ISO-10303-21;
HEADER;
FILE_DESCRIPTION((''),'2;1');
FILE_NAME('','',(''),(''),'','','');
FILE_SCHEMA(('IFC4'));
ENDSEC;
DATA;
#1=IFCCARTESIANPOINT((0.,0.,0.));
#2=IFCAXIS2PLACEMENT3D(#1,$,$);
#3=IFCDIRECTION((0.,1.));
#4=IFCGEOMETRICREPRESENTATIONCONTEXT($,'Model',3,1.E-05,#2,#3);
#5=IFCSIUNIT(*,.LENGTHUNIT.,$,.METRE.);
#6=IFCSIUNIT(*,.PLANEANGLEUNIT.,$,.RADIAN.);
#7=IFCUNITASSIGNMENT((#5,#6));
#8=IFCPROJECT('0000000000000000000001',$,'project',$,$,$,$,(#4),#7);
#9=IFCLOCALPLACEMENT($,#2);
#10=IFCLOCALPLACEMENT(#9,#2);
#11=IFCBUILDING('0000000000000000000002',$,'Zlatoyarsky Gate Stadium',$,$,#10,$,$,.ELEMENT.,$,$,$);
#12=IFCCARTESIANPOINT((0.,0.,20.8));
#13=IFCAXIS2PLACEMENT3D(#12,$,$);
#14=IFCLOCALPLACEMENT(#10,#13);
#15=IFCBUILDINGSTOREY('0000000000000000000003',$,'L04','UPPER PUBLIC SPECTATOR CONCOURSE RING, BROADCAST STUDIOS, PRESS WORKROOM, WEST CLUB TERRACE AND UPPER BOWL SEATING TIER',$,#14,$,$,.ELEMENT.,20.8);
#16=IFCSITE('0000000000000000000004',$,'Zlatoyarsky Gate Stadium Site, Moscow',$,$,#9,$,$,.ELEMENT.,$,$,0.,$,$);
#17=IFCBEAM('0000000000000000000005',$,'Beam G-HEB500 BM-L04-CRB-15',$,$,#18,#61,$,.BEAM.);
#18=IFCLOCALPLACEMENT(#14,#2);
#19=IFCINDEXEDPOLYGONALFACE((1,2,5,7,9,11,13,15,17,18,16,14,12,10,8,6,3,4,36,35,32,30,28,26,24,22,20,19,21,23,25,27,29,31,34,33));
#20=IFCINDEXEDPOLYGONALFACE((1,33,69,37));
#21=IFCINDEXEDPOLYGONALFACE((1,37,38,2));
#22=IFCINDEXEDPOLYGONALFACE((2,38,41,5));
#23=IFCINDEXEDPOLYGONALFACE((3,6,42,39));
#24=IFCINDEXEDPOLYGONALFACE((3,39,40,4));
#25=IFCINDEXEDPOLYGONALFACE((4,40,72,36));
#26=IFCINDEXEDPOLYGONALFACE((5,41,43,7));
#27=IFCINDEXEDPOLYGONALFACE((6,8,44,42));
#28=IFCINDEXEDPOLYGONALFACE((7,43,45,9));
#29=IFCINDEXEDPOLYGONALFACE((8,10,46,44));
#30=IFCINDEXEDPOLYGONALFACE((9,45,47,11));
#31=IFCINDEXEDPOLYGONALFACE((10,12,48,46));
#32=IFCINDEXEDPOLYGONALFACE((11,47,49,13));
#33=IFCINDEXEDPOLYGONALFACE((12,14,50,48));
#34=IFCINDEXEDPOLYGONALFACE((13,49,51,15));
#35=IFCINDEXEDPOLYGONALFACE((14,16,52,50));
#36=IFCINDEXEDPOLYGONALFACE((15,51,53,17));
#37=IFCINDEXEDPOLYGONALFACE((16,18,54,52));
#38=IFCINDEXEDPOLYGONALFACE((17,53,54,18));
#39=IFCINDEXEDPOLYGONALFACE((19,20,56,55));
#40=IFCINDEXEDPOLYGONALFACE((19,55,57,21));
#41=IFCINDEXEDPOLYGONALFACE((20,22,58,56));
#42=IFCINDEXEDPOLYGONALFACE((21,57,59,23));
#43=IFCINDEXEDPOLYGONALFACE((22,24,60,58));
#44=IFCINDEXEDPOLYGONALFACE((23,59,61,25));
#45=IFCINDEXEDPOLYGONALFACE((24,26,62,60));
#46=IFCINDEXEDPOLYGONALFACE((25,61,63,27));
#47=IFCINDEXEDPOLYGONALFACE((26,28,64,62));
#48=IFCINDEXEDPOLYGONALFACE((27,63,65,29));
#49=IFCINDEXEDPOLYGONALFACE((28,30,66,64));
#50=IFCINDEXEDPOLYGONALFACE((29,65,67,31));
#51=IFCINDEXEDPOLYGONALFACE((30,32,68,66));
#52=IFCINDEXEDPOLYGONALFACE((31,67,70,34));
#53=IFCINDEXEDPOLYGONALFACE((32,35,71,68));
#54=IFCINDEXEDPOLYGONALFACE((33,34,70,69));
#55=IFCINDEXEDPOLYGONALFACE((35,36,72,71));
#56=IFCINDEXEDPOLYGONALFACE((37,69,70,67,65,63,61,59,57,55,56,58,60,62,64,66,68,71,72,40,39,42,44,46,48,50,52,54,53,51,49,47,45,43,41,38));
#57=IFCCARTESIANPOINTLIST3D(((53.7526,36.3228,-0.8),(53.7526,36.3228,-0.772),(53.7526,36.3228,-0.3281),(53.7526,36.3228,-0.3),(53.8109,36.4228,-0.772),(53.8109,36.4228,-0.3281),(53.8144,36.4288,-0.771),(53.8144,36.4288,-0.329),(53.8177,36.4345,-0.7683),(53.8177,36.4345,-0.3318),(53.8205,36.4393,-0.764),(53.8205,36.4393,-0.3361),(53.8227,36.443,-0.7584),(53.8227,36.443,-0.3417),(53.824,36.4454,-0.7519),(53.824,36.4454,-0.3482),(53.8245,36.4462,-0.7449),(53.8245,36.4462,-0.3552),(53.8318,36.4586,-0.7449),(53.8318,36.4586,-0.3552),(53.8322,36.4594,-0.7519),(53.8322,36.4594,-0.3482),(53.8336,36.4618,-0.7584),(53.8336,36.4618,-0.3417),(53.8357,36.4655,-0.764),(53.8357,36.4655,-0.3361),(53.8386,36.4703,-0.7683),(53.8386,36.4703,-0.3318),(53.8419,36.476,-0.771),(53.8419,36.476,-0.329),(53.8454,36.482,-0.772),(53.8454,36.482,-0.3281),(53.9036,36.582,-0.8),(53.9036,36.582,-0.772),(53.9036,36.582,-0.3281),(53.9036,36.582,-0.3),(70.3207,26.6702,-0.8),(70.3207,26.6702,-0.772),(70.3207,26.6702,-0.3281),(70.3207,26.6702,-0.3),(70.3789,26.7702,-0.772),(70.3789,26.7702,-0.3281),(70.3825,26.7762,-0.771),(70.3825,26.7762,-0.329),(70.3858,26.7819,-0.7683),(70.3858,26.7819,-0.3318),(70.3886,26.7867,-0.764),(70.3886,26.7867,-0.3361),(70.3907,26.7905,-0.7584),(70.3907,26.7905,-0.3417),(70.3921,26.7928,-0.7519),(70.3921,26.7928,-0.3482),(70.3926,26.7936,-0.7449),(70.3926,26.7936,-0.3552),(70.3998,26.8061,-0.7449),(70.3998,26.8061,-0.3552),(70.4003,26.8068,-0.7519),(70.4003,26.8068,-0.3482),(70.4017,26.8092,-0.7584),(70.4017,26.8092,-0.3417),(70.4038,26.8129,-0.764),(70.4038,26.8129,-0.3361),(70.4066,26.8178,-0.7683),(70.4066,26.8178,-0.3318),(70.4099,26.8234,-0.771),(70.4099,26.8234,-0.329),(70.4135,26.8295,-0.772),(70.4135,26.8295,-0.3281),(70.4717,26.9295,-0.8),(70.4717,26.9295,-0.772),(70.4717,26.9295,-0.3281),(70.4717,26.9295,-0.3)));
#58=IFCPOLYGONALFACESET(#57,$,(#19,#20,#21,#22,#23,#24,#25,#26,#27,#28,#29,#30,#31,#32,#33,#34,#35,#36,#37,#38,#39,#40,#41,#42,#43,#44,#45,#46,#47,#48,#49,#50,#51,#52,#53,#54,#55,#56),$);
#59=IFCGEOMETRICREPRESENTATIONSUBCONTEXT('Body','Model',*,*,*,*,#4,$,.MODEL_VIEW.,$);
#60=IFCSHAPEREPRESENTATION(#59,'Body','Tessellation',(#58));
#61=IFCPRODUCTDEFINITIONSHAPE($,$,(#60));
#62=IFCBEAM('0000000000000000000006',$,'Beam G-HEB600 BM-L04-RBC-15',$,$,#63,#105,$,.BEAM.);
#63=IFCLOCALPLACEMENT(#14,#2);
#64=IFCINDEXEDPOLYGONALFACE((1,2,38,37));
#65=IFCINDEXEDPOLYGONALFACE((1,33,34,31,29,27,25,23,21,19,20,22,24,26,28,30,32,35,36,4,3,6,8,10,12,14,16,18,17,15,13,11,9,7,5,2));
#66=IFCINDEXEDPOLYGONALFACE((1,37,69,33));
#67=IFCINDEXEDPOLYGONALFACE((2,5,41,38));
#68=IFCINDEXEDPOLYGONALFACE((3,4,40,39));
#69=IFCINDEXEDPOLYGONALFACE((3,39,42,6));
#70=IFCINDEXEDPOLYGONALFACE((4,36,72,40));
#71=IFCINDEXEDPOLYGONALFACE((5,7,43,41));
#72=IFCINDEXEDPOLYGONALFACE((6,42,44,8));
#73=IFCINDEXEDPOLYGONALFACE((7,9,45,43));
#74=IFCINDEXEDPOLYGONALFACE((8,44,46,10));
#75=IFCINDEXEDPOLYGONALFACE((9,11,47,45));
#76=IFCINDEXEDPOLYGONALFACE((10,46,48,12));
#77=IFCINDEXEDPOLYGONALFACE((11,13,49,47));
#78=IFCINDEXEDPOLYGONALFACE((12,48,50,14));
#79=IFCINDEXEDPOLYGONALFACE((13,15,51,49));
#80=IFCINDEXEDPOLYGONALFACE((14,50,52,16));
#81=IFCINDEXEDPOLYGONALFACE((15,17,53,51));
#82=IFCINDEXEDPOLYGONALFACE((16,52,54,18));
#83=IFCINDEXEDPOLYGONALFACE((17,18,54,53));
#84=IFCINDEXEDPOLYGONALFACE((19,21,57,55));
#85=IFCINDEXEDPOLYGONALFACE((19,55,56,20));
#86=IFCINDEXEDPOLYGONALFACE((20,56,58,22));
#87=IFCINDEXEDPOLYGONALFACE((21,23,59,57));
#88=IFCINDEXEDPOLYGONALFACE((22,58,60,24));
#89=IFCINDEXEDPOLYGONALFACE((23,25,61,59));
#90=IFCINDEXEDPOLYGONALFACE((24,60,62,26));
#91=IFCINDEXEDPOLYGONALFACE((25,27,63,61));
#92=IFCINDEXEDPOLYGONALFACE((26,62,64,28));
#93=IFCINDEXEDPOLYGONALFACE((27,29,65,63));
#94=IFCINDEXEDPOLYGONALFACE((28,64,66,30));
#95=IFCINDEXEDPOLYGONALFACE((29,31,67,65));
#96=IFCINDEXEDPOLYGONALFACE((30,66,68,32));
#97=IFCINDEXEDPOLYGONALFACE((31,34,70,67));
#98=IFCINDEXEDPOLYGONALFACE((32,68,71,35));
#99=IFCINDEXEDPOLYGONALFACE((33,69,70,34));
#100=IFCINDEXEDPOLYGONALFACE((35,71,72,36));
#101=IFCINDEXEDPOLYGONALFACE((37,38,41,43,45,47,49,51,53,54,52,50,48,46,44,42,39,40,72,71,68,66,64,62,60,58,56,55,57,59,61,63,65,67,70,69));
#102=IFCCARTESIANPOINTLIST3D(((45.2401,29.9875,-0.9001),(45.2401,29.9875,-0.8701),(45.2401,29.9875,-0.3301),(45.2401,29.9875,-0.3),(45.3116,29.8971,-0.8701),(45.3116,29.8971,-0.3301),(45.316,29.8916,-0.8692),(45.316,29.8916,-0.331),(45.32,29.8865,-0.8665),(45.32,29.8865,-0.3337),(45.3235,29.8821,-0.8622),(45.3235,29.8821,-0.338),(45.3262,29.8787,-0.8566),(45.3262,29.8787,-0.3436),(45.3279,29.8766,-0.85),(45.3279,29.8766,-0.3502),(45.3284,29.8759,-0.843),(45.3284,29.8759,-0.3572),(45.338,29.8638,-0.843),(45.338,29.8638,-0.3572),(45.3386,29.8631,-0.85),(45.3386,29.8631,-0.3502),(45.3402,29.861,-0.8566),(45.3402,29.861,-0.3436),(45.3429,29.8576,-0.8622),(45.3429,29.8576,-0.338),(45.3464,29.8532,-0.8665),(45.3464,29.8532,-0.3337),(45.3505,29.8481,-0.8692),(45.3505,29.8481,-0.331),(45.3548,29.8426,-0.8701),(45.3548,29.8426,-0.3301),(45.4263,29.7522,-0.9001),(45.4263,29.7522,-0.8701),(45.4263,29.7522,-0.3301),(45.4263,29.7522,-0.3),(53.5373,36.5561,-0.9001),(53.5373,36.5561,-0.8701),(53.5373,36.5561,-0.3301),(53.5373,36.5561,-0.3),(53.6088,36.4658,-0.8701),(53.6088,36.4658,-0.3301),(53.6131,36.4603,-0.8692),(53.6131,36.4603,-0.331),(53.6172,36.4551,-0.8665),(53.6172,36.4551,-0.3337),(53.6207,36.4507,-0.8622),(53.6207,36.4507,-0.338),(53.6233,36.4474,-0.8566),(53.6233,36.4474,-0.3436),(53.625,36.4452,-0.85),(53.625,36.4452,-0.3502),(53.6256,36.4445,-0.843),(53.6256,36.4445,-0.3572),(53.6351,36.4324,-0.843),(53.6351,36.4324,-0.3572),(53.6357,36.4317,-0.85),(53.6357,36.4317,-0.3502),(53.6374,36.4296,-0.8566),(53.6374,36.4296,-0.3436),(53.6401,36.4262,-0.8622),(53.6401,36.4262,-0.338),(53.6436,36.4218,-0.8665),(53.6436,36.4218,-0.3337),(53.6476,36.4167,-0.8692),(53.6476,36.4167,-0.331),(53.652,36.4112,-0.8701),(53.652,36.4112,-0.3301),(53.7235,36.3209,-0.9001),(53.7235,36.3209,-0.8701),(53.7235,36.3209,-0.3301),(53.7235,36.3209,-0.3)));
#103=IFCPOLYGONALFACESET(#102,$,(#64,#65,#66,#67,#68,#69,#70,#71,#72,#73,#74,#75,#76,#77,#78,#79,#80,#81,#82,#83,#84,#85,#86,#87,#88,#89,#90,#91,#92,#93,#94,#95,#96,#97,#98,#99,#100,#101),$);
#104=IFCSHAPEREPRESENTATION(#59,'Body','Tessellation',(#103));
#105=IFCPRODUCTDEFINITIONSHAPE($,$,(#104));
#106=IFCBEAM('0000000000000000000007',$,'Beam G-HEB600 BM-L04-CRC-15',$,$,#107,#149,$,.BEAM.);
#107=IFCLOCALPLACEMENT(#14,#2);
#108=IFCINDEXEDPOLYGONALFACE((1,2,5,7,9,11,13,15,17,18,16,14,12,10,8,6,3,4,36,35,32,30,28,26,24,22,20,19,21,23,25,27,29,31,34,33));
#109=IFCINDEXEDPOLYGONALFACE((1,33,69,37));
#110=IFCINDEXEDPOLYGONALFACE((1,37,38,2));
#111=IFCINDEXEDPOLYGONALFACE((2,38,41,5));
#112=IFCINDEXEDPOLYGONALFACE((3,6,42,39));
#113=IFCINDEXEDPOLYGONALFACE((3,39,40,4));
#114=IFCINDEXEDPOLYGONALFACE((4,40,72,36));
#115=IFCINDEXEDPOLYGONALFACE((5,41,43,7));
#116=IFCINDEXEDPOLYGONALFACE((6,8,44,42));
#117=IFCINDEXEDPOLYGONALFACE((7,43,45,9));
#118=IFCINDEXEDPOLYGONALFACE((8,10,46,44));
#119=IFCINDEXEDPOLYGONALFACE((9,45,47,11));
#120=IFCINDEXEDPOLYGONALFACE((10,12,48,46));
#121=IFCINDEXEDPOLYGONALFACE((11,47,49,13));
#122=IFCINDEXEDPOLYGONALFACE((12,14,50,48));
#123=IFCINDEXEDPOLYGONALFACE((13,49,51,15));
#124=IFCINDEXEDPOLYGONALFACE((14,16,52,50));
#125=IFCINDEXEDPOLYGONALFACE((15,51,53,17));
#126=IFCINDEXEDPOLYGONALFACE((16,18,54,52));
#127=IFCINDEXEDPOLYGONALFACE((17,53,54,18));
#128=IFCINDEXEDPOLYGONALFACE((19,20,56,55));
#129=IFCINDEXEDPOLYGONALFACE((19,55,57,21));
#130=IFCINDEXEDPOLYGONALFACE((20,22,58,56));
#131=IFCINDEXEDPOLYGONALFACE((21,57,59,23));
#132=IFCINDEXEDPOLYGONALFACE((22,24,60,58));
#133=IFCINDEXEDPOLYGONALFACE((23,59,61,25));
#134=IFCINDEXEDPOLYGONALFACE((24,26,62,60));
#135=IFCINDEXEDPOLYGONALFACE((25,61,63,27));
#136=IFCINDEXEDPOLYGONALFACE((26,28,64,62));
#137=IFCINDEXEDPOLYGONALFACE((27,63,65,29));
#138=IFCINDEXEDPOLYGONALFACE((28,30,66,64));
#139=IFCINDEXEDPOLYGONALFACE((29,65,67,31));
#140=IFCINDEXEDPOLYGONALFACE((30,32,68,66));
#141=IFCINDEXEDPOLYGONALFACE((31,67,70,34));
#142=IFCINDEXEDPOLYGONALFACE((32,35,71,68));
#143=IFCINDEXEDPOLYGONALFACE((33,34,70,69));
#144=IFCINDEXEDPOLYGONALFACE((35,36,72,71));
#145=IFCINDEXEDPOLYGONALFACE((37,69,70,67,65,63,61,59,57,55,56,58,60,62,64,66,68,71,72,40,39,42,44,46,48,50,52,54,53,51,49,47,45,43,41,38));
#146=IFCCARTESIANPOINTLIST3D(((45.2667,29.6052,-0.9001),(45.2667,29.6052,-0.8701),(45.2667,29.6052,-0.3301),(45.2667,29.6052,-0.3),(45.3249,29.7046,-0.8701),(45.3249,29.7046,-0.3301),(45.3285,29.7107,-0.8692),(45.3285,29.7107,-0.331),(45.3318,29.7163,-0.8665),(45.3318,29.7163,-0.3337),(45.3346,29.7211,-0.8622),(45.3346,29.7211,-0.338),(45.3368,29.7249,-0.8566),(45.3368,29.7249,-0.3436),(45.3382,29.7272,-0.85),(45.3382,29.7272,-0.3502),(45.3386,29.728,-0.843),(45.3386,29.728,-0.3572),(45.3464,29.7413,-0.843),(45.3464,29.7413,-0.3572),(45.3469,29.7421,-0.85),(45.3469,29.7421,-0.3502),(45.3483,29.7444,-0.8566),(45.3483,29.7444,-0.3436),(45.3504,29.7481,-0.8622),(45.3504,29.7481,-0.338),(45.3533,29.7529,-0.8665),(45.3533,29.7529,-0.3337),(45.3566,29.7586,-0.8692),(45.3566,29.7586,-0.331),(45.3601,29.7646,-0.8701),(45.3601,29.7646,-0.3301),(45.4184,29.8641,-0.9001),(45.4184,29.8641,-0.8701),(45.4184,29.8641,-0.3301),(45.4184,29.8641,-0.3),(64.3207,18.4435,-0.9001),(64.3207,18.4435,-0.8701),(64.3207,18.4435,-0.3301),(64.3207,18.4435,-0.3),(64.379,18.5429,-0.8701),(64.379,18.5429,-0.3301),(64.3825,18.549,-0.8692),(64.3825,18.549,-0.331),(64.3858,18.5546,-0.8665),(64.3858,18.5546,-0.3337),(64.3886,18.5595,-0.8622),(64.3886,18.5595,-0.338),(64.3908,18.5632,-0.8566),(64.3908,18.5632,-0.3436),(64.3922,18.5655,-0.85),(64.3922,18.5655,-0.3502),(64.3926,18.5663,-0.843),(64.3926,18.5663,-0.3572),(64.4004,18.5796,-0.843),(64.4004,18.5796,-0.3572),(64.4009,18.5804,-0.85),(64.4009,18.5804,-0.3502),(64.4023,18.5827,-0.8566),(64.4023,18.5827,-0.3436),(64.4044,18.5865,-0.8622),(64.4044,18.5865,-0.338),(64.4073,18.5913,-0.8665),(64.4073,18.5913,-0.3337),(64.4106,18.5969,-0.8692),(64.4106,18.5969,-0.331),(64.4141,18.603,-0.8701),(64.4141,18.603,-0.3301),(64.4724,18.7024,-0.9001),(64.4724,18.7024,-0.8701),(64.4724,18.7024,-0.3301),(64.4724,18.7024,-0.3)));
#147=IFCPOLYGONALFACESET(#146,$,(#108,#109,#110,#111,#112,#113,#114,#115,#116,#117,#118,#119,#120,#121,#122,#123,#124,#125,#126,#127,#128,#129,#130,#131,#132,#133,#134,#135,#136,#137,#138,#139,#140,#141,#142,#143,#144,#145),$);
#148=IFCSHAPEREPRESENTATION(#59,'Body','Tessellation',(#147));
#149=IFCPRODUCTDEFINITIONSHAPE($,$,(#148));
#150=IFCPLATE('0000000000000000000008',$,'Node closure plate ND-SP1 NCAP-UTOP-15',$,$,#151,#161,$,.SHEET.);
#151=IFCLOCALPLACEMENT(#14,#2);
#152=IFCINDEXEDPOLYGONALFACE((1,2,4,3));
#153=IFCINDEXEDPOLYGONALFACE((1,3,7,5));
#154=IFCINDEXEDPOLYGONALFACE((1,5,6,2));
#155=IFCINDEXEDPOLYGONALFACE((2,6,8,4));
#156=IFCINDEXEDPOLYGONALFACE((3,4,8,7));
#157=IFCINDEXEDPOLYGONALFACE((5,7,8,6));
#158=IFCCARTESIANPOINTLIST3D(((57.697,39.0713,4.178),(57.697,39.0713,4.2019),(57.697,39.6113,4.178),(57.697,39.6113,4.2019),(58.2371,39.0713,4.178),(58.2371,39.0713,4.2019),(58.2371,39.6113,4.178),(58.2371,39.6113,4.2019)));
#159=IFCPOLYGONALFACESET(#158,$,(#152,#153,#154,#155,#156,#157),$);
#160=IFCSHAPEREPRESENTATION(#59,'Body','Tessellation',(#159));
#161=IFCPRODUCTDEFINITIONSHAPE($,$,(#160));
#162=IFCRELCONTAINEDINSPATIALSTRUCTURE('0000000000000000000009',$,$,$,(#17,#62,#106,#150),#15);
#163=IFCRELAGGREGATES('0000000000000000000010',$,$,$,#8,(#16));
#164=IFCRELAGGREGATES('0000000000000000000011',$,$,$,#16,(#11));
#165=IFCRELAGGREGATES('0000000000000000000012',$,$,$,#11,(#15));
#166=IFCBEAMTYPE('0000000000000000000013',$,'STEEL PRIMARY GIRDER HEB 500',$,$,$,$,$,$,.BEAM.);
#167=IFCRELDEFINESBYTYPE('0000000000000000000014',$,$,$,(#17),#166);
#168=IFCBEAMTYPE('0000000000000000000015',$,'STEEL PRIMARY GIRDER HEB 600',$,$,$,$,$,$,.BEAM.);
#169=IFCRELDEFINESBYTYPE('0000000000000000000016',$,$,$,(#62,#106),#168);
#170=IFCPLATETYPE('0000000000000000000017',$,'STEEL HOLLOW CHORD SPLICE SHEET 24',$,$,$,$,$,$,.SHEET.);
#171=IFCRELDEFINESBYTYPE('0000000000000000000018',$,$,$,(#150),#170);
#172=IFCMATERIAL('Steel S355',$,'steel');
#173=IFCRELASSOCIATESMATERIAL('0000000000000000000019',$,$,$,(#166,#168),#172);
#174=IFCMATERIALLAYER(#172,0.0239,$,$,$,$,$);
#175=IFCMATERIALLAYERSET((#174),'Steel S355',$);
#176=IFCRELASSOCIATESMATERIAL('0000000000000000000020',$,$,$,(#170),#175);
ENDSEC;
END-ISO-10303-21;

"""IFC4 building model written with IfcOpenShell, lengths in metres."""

from ifc_helpers import new_model, si_unit, direction, frame, origin, origin_2d, place, context, subcontext, project, spatial, rectangle, i_section, extrude, material, layer, layer_set, material_profile, profile_set, type_object, element, save


model = new_model("IFC4")

# Units and contexts
model_context = context("Model", 3, precision=1e-05, world=origin(), true_north=direction((0.0, 1.0)))
body_context = subcontext(model_context, "Body", "Model", "MODEL_VIEW")
ifc_project = project(units=[si_unit("LENGTHUNIT", "METRE"), si_unit("PLANEANGLEUNIT", "RADIAN")], contexts=[model_context])

# Site, building, storey
site_placement = place(None, origin())
site = spatial("IfcSite", under=ifc_project, at=site_placement, Name="Zlatoyarsky Gate Stadium Site, Moscow", CompositionType="ELEMENT", RefElevation=0.0)
building_placement = place(site_placement, origin())
building = spatial("IfcBuilding", under=site, at=building_placement, Name="Zlatoyarsky Gate Stadium", CompositionType="ELEMENT")
storey_placement = place(building_placement, frame((0.0, 0.0, 20.8)))
storey = spatial("IfcBuildingStorey", under=building, at=storey_placement, Name="L04", Description="UPPER PUBLIC SPECTATOR CONCOURSE RING, BROADCAST STUDIOS, PRESS WORKROOM, WEST CLUB TERRACE AND UPPER BOWL SEATING TIER", CompositionType="ELEMENT", Elevation=20.8)

# Shared definitions
ifc_material_1 = material(Name="Steel S355", Category="steel")

# Beams
ifc_material_profile_1 = material_profile(ifc_material_1, i_section(OverallWidth=0.3, OverallDepth=0.5, WebThickness=0.0144, FlangeThickness=0.0281, FilletRadius=0.0271, at=origin_2d()), Name="HEB 500")
ifc_profile_set_1 = profile_set([ifc_material_profile_1], Name="Steel S355")
beam_type_1 = type_object("IfcBeamType", Name="STEEL PRIMARY GIRDER HEB 500", PredefinedType="BEAM", material=ifc_profile_set_1)
beam_1_placement = place(storey_placement, frame((53.8281, 36.4524, -0.55), z_axis=(0.864054, -0.503398, 0.0), x_axis=(0.503398, 0.864054, 0.0)))
element("IfcBeam", 1, at=beam_1_placement, inside=storey, type_object=beam_type_1, Name="Beam G-HEB500 BM-L04-CRB-15", PredefinedType="BEAM", context=body_context, shape_type="SweptSolid", body=[
    extrude(i_section(OverallWidth=0.3, OverallDepth=0.5, WebThickness=0.0144, FlangeThickness=0.0281, FilletRadius=0.0271, at=origin_2d()), origin(), (0.0, 0.0, 1.0), 19.1748),
])
ifc_material_profile_2 = material_profile(ifc_material_1, i_section(OverallWidth=0.3, OverallDepth=0.6001, WebThickness=0.0154, FlangeThickness=0.03, FilletRadius=0.0271, at=origin_2d()), Name="HEB 600")
ifc_profile_set_2 = profile_set([ifc_material_profile_2], Name="Steel S355")
beam_type_2 = type_object("IfcBeamType", Name="STEEL PRIMARY GIRDER HEB 600", PredefinedType="BEAM", material=ifc_profile_set_2)
beam_2_placement = place(storey_placement, frame((53.6304, 36.4385, -0.6001), z_axis=(-0.784043, -0.620706, 0.0), x_axis=(0.620706, -0.784043, 0.0)))
element("IfcBeam", 2, at=beam_2_placement, inside=storey, type_object=beam_type_2, Name="Beam G-HEB600 BM-L04-RBC-15", PredefinedType="BEAM", context=body_context, shape_type="SweptSolid", body=[
    extrude(i_section(OverallWidth=0.3, OverallDepth=0.6001, WebThickness=0.0154, FlangeThickness=0.03, FilletRadius=0.0271, at=origin_2d()), origin(), (0.0, 0.0, 1.0), 10.5825),
])
beam_3_placement = place(storey_placement, frame((45.3425, 29.7346, -0.6001), z_axis=(0.862855, -0.505452, 0.0), x_axis=(0.505452, 0.862855, 0.0)))
element("IfcBeam", 3, at=beam_3_placement, inside=storey, type_object=beam_type_2, Name="Beam G-HEB600 BM-L04-CRC-15", PredefinedType="BEAM", context=body_context, shape_type="SweptSolid", body=[
    extrude(i_section(OverallWidth=0.3, OverallDepth=0.6001, WebThickness=0.0154, FlangeThickness=0.03, FilletRadius=0.0271, at=origin_2d()), origin(), (0.0, 0.0, 1.0), 22.0825),
])

# Plate
ifc_layer_1 = layer(ifc_material_1, 0.0239)
ifc_layer_set_1 = layer_set([ifc_layer_1], Name="Steel S355")
plate_type = type_object("IfcPlateType", Name="STEEL HOLLOW CHORD SPLICE SHEET 24", PredefinedType="SHEET", material=ifc_layer_set_1)
plate_placement = place(storey_placement, frame((57.967, 39.3413, 4.178), z_axis=(0.0, 0.0, 1.0), x_axis=(1.0, 0.0, 0.0)))
element("IfcPlate", 4, at=plate_placement, inside=storey, type_object=plate_type, Name="Node closure plate ND-SP1 NCAP-UTOP-15", PredefinedType="SHEET", context=body_context, shape_type="SweptSolid", body=[
    extrude(rectangle(XDim=0.54, YDim=0.54, at=origin_2d()), origin(), (0.0, 0.0, 1.0), 0.0239),
])

save(model, "model.ifc")
